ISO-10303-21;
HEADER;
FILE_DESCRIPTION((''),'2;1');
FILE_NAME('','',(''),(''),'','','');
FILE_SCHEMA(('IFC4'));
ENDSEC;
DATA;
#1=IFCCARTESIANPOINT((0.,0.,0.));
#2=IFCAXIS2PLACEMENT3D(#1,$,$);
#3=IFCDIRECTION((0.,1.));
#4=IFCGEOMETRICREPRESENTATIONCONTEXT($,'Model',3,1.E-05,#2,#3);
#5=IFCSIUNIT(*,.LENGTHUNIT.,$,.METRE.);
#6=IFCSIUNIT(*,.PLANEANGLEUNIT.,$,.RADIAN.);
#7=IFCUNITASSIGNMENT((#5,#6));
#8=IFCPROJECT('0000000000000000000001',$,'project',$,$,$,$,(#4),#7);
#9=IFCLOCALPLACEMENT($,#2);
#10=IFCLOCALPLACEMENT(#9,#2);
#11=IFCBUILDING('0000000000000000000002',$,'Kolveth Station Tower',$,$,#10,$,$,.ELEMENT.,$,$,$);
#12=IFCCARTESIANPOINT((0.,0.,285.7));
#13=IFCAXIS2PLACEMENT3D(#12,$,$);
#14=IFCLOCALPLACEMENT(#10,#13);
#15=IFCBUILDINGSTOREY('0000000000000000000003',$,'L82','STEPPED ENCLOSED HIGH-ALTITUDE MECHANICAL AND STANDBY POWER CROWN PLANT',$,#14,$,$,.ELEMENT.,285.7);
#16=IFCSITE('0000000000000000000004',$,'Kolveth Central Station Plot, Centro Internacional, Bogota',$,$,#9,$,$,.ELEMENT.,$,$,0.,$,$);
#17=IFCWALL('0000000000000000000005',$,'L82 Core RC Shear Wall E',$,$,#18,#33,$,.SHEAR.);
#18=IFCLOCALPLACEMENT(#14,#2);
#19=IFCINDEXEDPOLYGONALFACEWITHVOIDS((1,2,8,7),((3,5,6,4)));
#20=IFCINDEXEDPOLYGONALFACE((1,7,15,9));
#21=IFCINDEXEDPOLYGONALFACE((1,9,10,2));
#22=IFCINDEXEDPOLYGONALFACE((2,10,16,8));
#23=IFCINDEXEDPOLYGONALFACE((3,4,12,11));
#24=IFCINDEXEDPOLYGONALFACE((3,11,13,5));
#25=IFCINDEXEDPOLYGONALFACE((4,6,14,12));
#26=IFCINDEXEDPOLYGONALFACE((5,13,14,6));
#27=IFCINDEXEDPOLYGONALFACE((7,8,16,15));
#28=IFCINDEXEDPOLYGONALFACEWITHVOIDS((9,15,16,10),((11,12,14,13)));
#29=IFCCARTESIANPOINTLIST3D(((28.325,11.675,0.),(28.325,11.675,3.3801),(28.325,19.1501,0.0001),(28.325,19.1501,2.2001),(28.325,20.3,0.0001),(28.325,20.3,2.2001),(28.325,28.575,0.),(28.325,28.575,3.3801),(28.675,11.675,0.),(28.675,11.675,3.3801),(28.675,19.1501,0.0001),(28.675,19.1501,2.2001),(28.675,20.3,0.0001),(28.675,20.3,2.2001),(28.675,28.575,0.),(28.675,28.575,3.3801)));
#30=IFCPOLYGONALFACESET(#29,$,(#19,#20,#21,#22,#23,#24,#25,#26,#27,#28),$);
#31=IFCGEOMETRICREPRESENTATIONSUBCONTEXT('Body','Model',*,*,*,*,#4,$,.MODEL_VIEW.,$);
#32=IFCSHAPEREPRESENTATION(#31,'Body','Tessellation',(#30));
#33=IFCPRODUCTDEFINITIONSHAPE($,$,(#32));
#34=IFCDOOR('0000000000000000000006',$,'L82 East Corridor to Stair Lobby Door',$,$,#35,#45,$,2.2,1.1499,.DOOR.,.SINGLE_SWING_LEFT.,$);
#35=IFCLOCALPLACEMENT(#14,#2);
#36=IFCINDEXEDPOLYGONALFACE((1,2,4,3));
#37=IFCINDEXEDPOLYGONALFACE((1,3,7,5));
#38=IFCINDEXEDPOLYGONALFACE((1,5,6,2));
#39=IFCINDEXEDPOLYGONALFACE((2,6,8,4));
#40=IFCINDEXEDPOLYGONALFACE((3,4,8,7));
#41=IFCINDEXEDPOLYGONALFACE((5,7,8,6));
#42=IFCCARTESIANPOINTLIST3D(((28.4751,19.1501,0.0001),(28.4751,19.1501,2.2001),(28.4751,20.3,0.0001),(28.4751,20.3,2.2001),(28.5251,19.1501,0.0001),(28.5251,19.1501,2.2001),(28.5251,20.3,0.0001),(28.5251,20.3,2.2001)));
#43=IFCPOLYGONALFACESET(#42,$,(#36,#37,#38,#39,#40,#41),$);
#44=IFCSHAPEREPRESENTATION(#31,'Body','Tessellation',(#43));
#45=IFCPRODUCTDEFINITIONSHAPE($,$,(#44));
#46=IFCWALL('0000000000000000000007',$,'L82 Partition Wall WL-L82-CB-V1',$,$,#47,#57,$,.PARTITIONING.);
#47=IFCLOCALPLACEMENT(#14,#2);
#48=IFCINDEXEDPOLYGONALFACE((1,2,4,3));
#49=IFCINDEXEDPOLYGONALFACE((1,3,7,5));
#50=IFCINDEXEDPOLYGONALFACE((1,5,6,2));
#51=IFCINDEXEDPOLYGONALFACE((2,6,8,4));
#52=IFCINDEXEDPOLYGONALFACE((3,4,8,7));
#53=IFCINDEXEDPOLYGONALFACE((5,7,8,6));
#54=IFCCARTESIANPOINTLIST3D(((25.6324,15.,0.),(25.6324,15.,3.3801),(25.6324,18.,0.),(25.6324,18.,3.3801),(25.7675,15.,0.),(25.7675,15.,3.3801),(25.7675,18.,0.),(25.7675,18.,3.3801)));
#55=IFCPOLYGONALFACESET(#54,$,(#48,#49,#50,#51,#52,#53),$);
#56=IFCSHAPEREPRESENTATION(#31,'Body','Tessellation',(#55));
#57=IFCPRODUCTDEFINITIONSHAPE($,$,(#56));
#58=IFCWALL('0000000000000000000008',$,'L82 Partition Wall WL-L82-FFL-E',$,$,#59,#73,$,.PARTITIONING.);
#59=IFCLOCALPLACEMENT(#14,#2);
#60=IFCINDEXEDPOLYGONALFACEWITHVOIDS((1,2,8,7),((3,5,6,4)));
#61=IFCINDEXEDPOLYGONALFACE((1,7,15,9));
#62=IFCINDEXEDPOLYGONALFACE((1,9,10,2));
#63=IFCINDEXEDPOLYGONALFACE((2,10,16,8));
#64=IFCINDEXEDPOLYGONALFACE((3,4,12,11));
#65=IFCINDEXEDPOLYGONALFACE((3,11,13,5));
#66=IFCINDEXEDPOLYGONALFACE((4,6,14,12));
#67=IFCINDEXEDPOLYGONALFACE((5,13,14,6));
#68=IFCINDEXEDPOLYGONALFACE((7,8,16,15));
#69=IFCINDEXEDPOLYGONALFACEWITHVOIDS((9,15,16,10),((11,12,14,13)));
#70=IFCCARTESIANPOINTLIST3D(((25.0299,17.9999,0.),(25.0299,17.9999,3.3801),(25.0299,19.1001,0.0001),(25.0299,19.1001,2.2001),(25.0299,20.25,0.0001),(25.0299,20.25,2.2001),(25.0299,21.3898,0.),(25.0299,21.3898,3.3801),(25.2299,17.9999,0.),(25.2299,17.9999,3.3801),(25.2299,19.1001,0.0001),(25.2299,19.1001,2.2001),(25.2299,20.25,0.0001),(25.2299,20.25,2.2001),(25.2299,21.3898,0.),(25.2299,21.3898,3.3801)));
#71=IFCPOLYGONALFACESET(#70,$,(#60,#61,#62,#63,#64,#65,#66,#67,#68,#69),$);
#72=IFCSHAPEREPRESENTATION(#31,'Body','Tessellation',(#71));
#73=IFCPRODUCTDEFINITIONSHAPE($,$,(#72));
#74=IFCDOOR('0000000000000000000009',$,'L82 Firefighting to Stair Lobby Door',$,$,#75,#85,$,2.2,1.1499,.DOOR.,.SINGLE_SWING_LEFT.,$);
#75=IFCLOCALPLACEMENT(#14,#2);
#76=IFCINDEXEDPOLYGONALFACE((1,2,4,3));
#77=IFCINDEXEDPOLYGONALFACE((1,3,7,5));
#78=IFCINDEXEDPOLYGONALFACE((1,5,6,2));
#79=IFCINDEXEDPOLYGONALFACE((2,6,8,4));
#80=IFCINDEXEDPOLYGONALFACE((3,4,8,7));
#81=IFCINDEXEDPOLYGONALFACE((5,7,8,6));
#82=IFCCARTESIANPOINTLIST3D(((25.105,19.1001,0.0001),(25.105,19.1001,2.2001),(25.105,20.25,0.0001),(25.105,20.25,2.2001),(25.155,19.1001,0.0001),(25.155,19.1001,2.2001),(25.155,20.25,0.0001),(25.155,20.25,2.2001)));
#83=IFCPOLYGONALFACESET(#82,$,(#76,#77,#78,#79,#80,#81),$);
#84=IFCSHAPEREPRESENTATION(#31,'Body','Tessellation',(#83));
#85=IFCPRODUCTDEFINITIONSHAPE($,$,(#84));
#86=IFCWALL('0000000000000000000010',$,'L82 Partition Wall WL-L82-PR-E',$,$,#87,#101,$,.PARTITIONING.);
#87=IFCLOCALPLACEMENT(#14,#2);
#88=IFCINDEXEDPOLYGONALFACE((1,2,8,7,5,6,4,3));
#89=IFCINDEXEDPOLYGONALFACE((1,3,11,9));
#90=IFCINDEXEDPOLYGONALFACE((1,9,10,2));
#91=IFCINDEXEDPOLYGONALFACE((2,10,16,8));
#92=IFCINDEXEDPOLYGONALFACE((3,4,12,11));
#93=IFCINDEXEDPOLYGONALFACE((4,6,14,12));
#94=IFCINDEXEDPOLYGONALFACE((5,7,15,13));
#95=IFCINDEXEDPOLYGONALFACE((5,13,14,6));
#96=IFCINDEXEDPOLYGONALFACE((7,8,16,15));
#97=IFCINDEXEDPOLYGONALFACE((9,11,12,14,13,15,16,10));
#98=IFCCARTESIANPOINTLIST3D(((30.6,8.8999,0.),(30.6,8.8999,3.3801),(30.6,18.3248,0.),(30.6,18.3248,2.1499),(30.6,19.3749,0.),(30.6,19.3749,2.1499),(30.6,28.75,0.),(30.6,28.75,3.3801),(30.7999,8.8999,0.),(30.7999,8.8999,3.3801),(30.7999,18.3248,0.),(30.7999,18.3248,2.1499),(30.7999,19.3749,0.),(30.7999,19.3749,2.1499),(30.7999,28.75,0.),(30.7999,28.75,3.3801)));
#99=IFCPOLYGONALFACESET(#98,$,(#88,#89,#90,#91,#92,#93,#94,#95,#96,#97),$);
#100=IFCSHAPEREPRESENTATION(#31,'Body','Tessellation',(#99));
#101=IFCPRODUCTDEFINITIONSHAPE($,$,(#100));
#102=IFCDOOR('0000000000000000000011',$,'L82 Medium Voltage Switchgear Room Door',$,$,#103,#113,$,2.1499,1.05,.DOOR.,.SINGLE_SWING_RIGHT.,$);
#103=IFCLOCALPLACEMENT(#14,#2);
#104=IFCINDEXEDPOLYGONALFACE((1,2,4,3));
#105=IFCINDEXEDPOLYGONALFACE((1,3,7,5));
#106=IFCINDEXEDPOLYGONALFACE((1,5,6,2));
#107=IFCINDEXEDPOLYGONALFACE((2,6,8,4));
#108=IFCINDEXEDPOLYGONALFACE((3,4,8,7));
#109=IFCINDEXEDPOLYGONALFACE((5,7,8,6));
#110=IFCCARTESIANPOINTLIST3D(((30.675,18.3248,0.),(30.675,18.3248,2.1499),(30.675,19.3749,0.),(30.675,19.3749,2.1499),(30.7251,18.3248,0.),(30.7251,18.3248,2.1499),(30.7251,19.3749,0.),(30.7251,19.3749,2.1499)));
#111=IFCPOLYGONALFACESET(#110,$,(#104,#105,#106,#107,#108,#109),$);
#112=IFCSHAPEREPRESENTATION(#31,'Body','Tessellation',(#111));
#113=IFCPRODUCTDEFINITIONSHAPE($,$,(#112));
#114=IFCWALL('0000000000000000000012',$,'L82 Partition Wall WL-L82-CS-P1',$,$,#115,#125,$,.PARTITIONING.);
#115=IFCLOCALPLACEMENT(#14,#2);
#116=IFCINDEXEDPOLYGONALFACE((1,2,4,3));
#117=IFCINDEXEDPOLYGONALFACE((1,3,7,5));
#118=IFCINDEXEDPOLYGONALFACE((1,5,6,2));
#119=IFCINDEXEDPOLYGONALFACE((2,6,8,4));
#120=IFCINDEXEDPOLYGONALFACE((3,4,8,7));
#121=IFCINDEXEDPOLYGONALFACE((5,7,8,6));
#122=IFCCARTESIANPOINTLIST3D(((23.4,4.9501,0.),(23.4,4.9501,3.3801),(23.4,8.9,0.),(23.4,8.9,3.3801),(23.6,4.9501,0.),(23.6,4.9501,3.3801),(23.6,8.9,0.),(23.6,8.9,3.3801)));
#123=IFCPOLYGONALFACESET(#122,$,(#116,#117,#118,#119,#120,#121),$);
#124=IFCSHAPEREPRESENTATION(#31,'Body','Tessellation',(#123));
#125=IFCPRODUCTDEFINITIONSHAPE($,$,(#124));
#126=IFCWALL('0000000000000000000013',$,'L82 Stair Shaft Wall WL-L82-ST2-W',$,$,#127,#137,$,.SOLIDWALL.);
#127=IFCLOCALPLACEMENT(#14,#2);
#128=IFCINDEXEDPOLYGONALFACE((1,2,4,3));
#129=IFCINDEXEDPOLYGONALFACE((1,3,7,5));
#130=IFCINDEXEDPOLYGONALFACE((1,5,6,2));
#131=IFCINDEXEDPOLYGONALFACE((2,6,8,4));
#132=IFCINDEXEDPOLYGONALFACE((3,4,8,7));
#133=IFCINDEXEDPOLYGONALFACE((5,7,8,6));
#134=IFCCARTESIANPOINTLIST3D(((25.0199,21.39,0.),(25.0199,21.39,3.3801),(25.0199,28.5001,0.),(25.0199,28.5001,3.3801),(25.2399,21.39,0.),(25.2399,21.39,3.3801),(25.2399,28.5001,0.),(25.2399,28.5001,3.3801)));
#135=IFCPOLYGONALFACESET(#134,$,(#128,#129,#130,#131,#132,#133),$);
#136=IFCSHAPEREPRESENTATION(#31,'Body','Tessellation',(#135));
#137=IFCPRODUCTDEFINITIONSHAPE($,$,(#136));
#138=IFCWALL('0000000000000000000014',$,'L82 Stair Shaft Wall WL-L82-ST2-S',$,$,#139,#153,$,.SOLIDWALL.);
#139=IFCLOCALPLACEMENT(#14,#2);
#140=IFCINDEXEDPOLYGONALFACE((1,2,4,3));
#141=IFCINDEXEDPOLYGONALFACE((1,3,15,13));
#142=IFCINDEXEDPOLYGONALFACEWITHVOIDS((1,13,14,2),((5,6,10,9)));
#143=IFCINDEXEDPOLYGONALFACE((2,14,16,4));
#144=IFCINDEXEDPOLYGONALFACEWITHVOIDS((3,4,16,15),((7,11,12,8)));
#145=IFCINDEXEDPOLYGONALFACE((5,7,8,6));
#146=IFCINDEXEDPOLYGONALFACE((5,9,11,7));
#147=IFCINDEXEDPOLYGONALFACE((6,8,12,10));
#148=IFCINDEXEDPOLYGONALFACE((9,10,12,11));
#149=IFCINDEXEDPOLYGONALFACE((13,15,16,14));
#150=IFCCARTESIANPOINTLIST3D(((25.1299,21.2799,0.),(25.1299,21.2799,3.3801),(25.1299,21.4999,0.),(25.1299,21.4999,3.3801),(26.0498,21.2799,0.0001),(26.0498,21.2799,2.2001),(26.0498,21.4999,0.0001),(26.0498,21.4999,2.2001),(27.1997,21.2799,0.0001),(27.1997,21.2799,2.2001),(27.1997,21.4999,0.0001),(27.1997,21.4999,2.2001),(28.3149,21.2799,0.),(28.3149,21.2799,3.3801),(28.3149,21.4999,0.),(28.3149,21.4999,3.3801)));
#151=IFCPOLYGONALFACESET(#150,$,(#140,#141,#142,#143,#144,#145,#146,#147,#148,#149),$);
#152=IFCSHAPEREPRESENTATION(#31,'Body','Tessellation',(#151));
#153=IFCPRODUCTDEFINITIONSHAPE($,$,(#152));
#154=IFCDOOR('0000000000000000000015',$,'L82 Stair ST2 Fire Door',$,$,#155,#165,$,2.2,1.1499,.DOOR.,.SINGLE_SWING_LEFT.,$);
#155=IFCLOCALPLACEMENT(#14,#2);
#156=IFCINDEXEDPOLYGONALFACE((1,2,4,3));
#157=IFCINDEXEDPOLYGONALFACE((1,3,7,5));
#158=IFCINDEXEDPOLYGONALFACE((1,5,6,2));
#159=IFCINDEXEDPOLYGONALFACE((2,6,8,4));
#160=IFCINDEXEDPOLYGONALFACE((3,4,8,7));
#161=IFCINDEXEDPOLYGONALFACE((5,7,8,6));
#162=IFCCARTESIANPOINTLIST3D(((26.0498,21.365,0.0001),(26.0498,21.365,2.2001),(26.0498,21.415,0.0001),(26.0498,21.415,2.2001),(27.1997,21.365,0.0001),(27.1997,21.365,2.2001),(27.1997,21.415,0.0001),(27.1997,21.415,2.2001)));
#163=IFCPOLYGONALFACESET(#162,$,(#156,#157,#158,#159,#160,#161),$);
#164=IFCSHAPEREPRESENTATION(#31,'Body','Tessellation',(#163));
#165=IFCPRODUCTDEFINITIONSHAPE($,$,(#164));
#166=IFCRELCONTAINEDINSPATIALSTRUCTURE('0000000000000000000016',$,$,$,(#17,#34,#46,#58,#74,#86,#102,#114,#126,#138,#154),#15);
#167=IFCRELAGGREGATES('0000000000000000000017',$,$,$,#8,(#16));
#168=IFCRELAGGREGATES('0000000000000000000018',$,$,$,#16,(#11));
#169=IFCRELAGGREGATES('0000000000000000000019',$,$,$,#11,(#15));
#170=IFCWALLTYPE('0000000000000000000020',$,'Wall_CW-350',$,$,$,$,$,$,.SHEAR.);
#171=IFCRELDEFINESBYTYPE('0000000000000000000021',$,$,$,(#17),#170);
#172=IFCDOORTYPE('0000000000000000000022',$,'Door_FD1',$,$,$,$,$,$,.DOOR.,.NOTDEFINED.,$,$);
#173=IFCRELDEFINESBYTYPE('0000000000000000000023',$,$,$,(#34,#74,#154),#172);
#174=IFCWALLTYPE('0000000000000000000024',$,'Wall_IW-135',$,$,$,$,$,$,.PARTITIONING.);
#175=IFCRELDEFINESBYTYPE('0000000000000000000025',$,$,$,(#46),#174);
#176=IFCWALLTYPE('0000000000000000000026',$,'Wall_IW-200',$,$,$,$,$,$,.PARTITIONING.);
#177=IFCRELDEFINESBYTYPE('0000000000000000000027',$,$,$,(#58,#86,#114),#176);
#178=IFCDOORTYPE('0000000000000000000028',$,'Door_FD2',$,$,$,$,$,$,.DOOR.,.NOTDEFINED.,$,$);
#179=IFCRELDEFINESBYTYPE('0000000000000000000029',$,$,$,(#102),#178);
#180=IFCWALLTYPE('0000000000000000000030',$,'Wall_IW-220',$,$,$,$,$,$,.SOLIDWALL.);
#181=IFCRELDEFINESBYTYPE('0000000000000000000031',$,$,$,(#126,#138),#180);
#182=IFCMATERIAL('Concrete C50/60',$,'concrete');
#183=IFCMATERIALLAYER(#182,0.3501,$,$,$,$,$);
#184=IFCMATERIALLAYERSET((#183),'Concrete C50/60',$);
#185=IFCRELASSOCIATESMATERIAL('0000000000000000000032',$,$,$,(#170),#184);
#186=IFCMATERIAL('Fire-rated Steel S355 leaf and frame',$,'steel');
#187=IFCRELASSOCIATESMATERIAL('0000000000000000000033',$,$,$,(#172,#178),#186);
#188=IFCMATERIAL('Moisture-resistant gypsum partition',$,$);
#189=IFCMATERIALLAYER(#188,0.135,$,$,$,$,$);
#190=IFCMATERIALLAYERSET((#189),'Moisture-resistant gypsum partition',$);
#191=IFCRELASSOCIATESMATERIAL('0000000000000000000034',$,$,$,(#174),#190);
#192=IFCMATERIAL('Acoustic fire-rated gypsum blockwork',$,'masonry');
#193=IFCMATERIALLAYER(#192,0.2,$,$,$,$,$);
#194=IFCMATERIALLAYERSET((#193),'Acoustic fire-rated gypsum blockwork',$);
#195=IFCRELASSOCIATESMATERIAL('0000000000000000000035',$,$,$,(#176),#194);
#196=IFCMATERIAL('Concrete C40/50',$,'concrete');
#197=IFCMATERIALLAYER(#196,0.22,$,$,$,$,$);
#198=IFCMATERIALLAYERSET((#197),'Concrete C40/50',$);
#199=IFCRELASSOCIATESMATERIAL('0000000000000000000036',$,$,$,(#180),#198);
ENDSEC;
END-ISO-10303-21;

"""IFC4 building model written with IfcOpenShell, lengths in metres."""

from ifc_helpers import new_model, si_unit, direction, frame, frame_2d, origin, place, context, subcontext, project, spatial, rectangle, extrude, material, layer, layer_set, type_object, element, fill, save


model = new_model("IFC4")

# Units and contexts
model_context = context("Model", 3, precision=1e-05, world=origin(), true_north=direction((0.0, 1.0)))
body_context = subcontext(model_context, "Body", "Model", "MODEL_VIEW")
ifc_project = project(units=[si_unit("LENGTHUNIT", "METRE"), si_unit("PLANEANGLEUNIT", "RADIAN")], contexts=[model_context])

# Site, building, storey
site_placement = place(None, origin())
site = spatial("IfcSite", under=ifc_project, at=site_placement, Name="Kolveth Central Station Plot, Centro Internacional, Bogota", CompositionType="ELEMENT", RefElevation=0.0)
building_placement = place(site_placement, origin())
building = spatial("IfcBuilding", under=site, at=building_placement, Name="Kolveth Station Tower", CompositionType="ELEMENT")
storey_placement = place(building_placement, frame((0.0, 0.0, 285.7)))
storey = spatial("IfcBuildingStorey", under=building, at=storey_placement, Name="L82", Description="STEPPED ENCLOSED HIGH-ALTITUDE MECHANICAL AND STANDBY POWER CROWN PLANT", CompositionType="ELEMENT", Elevation=285.7)

# Shared definitions
ifc_material_1 = material(Name="Concrete C40/50", Category="concrete")

# Wall, opening, door
ifc_material_2 = material(Name="Concrete C50/60", Category="concrete")
ifc_layer_1 = layer(ifc_material_2, 0.3501)
ifc_layer_set_1 = layer_set([ifc_layer_1], Name="Concrete C50/60")
wall_type_1 = type_object("IfcWallType", Name="Wall_CW-350", PredefinedType="SHEAR", material=ifc_layer_set_1)
wall_1_placement = place(storey_placement, frame((28.5, 11.675, 0.0), z_axis=(0.0, 0.0, 1.0), x_axis=(0.0, 1.0, 0.0)))
wall_1 = element("IfcWall", 1, at=wall_1_placement, inside=storey, type_object=wall_type_1, Name="L82 Core RC Shear Wall E", PredefinedType="SHEAR", context=body_context, shape_type="SweptSolid", body=[
    extrude(rectangle(XDim=16.8999, YDim=0.3501, at=frame_2d((8.45, 0.0))), origin(), (0.0, 0.0, 1.0), 3.3801),
])
opening_1_placement = place(wall_1_placement, frame((7.4751, 0.0, 0.0)))
opening_1 = element("IfcOpeningElement", 2, at=opening_1_placement, cuts=wall_1, PredefinedType="OPENING", context=body_context, shape_type="SweptSolid", body=[
    extrude(rectangle(XDim=1.1499, YDim=2.2, at=frame_2d((0.575, 1.1001))), frame((0.0, 0.1851, 0.0), z_axis=(0.0, -1.0, 0.0), x_axis=(1.0, 0.0, 0.0)), (0.0, 0.0, 1.0), 0.3701),
])
ifc_material_3 = material(Name="Fire-rated Steel S355 leaf and frame", Category="steel")
door_type_1 = type_object("IfcDoorType", Name="Door_FD1", OperationType="NOTDEFINED", PredefinedType="DOOR", material=ifc_material_3)
door_1_placement = place(opening_1_placement, origin())
door_1 = element("IfcDoor", 3, at=door_1_placement, inside=storey, type_object=door_type_1, Name="L82 East Corridor to Stair Lobby Door", OperationType="SINGLE_SWING_LEFT", OverallHeight=2.2, OverallWidth=1.1499, PredefinedType="DOOR", context=body_context, shape_type="SweptSolid", body=[
    extrude(rectangle(XDim=1.1499, YDim=2.2, at=frame_2d((0.575, 1.1001))), frame((0.0, 0.0249, 0.0), z_axis=(0.0, -1.0, 0.0), x_axis=(1.0, 0.0, 0.0)), (0.0, 0.0, 1.0), 0.05),
])
fill(opening_1, door_1)

# Wall
ifc_material_4 = material(Name="Moisture-resistant gypsum partition")
ifc_layer_2 = layer(ifc_material_4, 0.135)
ifc_layer_set_2 = layer_set([ifc_layer_2], Name="Moisture-resistant gypsum partition")
wall_type_2 = type_object("IfcWallType", Name="Wall_IW-135", PredefinedType="PARTITIONING", material=ifc_layer_set_2)
wall_2_placement = place(storey_placement, frame((25.7, 15.0, 0.0), z_axis=(0.0, 0.0, 1.0), x_axis=(0.0, 1.0, 0.0)))
element("IfcWall", 4, at=wall_2_placement, inside=storey, type_object=wall_type_2, Name="L82 Partition Wall WL-L82-CB-V1", PredefinedType="PARTITIONING", context=body_context, shape_type="SweptSolid", body=[
    extrude(rectangle(XDim=3.0, YDim=0.135, at=frame_2d((1.5, 0.0))), origin(), (0.0, 0.0, 1.0), 3.3801),
])

# Walls, openings, doors
ifc_material_5 = material(Name="Acoustic fire-rated gypsum blockwork", Category="masonry")
ifc_layer_3 = layer(ifc_material_5, 0.2)
ifc_layer_set_3 = layer_set([ifc_layer_3], Name="Acoustic fire-rated gypsum blockwork")
wall_type_3 = type_object("IfcWallType", Name="Wall_IW-200", PredefinedType="PARTITIONING", material=ifc_layer_set_3)
wall_3_placement = place(storey_placement, frame((25.1299, 18.0, 0.0), z_axis=(0.0, 0.0, 1.0), x_axis=(0.0, 1.0, 0.0)))
wall_3 = element("IfcWall", 5, at=wall_3_placement, inside=storey, type_object=wall_type_3, Name="L82 Partition Wall WL-L82-FFL-E", PredefinedType="PARTITIONING", context=body_context, shape_type="SweptSolid", body=[
    extrude(rectangle(XDim=3.3899, YDim=0.2, at=frame_2d((1.6948, 0.0))), origin(), (0.0, 0.0, 1.0), 3.3801),
])
opening_2_placement = place(wall_3_placement, frame((1.1001, 0.0, 0.0)))
opening_2 = element("IfcOpeningElement", 6, at=opening_2_placement, cuts=wall_3, PredefinedType="OPENING", context=body_context, shape_type="SweptSolid", body=[
    extrude(rectangle(XDim=1.1499, YDim=2.2, at=frame_2d((0.575, 1.1001))), frame((0.0, 0.1099, 0.0), z_axis=(0.0, -1.0, 0.0), x_axis=(1.0, 0.0, 0.0)), (0.0, 0.0, 1.0), 0.22),
])
door_2_placement = place(opening_2_placement, origin())
door_2 = element("IfcDoor", 7, at=door_2_placement, inside=storey, type_object=door_type_1, Name="L82 Firefighting to Stair Lobby Door", OperationType="SINGLE_SWING_LEFT", OverallHeight=2.2, OverallWidth=1.1499, PredefinedType="DOOR", context=body_context, shape_type="SweptSolid", body=[
    extrude(rectangle(XDim=1.1499, YDim=2.2, at=frame_2d((0.575, 1.1001))), frame((0.0, 0.0249, 0.0), z_axis=(0.0, -1.0, 0.0), x_axis=(1.0, 0.0, 0.0)), (0.0, 0.0, 1.0), 0.05),
])
fill(opening_2, door_2)
wall_4_placement = place(storey_placement, frame((30.7, 8.8999, 0.0), z_axis=(0.0, 0.0, 1.0), x_axis=(0.0, 1.0, 0.0)))
wall_4 = element("IfcWall", 8, at=wall_4_placement, inside=storey, type_object=wall_type_3, Name="L82 Partition Wall WL-L82-PR-E", PredefinedType="PARTITIONING", context=body_context, shape_type="SweptSolid", body=[
    extrude(rectangle(XDim=19.8501, YDim=0.2, at=frame_2d((9.925, 0.0))), origin(), (0.0, 0.0, 1.0), 3.3801),
])
opening_3_placement = place(wall_4_placement, frame((9.425, 0.0, 0.0)))
opening_3 = element("IfcOpeningElement", 9, at=opening_3_placement, cuts=wall_4, PredefinedType="OPENING", context=body_context, shape_type="SweptSolid", body=[
    extrude(rectangle(XDim=1.05, YDim=2.1499, at=frame_2d((0.5249, 1.075))), frame((0.0, 0.1099, 0.0), z_axis=(0.0, -1.0, 0.0), x_axis=(1.0, 0.0, 0.0)), (0.0, 0.0, 1.0), 0.22),
])
door_type_2 = type_object("IfcDoorType", Name="Door_FD2", OperationType="NOTDEFINED", PredefinedType="DOOR", material=ifc_material_3)
door_3_placement = place(opening_3_placement, origin())
door_3 = element("IfcDoor", 10, at=door_3_placement, inside=storey, type_object=door_type_2, Name="L82 Medium Voltage Switchgear Room Door", OperationType="SINGLE_SWING_RIGHT", OverallHeight=2.1499, OverallWidth=1.05, PredefinedType="DOOR", context=body_context, shape_type="SweptSolid", body=[
    extrude(rectangle(XDim=1.05, YDim=2.1499, at=frame_2d((0.5249, 1.075))), frame((0.0, 0.0249, 0.0), z_axis=(0.0, -1.0, 0.0), x_axis=(1.0, 0.0, 0.0)), (0.0, 0.0, 1.0), 0.05),
])
fill(opening_3, door_3)

# Walls
wall_5_placement = place(storey_placement, frame((23.5, 4.95, 0.0), z_axis=(0.0, 0.0, 1.0), x_axis=(0.0, 1.0, 0.0)))
element("IfcWall", 11, at=wall_5_placement, inside=storey, type_object=wall_type_3, Name="L82 Partition Wall WL-L82-CS-P1", PredefinedType="PARTITIONING", context=body_context, shape_type="SweptSolid", body=[
    extrude(rectangle(XDim=3.95, YDim=0.2, at=frame_2d((1.9751, 0.0))), origin(), (0.0, 0.0, 1.0), 3.3801),
])
ifc_layer_4 = layer(ifc_material_1, 0.22)
ifc_layer_set_4 = layer_set([ifc_layer_4], Name="Concrete C40/50")
wall_type_4 = type_object("IfcWallType", Name="Wall_IW-220", PredefinedType="SOLIDWALL", material=ifc_layer_set_4)
wall_6_placement = place(storey_placement, frame((25.1299, 21.3899, 0.0), z_axis=(0.0, 0.0, 1.0), x_axis=(0.0, 1.0, 0.0)))
element("IfcWall", 12, at=wall_6_placement, inside=storey, type_object=wall_type_4, Name="L82 Stair Shaft Wall WL-L82-ST2-W", PredefinedType="SOLIDWALL", context=body_context, shape_type="SweptSolid", body=[
    extrude(rectangle(XDim=7.1101, YDim=0.22, at=frame_2d((3.5552, 0.0))), origin(), (0.0, 0.0, 1.0), 3.3801),
])

# Wall, opening, door
wall_7_placement = place(storey_placement, frame((25.1299, 21.3899, 0.0), z_axis=(0.0, 0.0, 1.0), x_axis=(1.0, 0.0, 0.0)))
wall_7 = element("IfcWall", 13, at=wall_7_placement, inside=storey, type_object=wall_type_4, Name="L82 Stair Shaft Wall WL-L82-ST2-S", PredefinedType="SOLIDWALL", context=body_context, shape_type="SweptSolid", body=[
    extrude(rectangle(XDim=3.1851, YDim=0.22, at=frame_2d((1.5925, 0.0))), origin(), (0.0, 0.0, 1.0), 3.3801),
])
opening_4_placement = place(wall_7_placement, frame((0.9199, 0.0, 0.0)))
opening_4 = element("IfcOpeningElement", 14, at=opening_4_placement, cuts=wall_7, PredefinedType="OPENING", context=body_context, shape_type="SweptSolid", body=[
    extrude(rectangle(XDim=1.1499, YDim=2.2, at=frame_2d((0.575, 1.1001))), frame((0.0, 0.1199, 0.0), z_axis=(0.0, -1.0, 0.0), x_axis=(1.0, 0.0, 0.0)), (0.0, 0.0, 1.0), 0.24),
])
door_4_placement = place(opening_4_placement, frame((1.1499, 0.0, 0.0), z_axis=(0.0, 0.0, 1.0), x_axis=(-1.0, 0.0, 0.0)))
door_4 = element("IfcDoor", 15, at=door_4_placement, inside=storey, type_object=door_type_1, Name="L82 Stair ST2 Fire Door", OperationType="SINGLE_SWING_LEFT", OverallHeight=2.2, OverallWidth=1.1499, PredefinedType="DOOR", context=body_context, shape_type="SweptSolid", body=[
    extrude(rectangle(XDim=1.1499, YDim=2.2, at=frame_2d((0.575, 1.1001))), frame((0.0, 0.0249, 0.0), z_axis=(0.0, -1.0, 0.0), x_axis=(1.0, 0.0, 0.0)), (0.0, 0.0, 1.0), 0.05),
])
fill(opening_4, door_4)

save(model, "model.ifc")
